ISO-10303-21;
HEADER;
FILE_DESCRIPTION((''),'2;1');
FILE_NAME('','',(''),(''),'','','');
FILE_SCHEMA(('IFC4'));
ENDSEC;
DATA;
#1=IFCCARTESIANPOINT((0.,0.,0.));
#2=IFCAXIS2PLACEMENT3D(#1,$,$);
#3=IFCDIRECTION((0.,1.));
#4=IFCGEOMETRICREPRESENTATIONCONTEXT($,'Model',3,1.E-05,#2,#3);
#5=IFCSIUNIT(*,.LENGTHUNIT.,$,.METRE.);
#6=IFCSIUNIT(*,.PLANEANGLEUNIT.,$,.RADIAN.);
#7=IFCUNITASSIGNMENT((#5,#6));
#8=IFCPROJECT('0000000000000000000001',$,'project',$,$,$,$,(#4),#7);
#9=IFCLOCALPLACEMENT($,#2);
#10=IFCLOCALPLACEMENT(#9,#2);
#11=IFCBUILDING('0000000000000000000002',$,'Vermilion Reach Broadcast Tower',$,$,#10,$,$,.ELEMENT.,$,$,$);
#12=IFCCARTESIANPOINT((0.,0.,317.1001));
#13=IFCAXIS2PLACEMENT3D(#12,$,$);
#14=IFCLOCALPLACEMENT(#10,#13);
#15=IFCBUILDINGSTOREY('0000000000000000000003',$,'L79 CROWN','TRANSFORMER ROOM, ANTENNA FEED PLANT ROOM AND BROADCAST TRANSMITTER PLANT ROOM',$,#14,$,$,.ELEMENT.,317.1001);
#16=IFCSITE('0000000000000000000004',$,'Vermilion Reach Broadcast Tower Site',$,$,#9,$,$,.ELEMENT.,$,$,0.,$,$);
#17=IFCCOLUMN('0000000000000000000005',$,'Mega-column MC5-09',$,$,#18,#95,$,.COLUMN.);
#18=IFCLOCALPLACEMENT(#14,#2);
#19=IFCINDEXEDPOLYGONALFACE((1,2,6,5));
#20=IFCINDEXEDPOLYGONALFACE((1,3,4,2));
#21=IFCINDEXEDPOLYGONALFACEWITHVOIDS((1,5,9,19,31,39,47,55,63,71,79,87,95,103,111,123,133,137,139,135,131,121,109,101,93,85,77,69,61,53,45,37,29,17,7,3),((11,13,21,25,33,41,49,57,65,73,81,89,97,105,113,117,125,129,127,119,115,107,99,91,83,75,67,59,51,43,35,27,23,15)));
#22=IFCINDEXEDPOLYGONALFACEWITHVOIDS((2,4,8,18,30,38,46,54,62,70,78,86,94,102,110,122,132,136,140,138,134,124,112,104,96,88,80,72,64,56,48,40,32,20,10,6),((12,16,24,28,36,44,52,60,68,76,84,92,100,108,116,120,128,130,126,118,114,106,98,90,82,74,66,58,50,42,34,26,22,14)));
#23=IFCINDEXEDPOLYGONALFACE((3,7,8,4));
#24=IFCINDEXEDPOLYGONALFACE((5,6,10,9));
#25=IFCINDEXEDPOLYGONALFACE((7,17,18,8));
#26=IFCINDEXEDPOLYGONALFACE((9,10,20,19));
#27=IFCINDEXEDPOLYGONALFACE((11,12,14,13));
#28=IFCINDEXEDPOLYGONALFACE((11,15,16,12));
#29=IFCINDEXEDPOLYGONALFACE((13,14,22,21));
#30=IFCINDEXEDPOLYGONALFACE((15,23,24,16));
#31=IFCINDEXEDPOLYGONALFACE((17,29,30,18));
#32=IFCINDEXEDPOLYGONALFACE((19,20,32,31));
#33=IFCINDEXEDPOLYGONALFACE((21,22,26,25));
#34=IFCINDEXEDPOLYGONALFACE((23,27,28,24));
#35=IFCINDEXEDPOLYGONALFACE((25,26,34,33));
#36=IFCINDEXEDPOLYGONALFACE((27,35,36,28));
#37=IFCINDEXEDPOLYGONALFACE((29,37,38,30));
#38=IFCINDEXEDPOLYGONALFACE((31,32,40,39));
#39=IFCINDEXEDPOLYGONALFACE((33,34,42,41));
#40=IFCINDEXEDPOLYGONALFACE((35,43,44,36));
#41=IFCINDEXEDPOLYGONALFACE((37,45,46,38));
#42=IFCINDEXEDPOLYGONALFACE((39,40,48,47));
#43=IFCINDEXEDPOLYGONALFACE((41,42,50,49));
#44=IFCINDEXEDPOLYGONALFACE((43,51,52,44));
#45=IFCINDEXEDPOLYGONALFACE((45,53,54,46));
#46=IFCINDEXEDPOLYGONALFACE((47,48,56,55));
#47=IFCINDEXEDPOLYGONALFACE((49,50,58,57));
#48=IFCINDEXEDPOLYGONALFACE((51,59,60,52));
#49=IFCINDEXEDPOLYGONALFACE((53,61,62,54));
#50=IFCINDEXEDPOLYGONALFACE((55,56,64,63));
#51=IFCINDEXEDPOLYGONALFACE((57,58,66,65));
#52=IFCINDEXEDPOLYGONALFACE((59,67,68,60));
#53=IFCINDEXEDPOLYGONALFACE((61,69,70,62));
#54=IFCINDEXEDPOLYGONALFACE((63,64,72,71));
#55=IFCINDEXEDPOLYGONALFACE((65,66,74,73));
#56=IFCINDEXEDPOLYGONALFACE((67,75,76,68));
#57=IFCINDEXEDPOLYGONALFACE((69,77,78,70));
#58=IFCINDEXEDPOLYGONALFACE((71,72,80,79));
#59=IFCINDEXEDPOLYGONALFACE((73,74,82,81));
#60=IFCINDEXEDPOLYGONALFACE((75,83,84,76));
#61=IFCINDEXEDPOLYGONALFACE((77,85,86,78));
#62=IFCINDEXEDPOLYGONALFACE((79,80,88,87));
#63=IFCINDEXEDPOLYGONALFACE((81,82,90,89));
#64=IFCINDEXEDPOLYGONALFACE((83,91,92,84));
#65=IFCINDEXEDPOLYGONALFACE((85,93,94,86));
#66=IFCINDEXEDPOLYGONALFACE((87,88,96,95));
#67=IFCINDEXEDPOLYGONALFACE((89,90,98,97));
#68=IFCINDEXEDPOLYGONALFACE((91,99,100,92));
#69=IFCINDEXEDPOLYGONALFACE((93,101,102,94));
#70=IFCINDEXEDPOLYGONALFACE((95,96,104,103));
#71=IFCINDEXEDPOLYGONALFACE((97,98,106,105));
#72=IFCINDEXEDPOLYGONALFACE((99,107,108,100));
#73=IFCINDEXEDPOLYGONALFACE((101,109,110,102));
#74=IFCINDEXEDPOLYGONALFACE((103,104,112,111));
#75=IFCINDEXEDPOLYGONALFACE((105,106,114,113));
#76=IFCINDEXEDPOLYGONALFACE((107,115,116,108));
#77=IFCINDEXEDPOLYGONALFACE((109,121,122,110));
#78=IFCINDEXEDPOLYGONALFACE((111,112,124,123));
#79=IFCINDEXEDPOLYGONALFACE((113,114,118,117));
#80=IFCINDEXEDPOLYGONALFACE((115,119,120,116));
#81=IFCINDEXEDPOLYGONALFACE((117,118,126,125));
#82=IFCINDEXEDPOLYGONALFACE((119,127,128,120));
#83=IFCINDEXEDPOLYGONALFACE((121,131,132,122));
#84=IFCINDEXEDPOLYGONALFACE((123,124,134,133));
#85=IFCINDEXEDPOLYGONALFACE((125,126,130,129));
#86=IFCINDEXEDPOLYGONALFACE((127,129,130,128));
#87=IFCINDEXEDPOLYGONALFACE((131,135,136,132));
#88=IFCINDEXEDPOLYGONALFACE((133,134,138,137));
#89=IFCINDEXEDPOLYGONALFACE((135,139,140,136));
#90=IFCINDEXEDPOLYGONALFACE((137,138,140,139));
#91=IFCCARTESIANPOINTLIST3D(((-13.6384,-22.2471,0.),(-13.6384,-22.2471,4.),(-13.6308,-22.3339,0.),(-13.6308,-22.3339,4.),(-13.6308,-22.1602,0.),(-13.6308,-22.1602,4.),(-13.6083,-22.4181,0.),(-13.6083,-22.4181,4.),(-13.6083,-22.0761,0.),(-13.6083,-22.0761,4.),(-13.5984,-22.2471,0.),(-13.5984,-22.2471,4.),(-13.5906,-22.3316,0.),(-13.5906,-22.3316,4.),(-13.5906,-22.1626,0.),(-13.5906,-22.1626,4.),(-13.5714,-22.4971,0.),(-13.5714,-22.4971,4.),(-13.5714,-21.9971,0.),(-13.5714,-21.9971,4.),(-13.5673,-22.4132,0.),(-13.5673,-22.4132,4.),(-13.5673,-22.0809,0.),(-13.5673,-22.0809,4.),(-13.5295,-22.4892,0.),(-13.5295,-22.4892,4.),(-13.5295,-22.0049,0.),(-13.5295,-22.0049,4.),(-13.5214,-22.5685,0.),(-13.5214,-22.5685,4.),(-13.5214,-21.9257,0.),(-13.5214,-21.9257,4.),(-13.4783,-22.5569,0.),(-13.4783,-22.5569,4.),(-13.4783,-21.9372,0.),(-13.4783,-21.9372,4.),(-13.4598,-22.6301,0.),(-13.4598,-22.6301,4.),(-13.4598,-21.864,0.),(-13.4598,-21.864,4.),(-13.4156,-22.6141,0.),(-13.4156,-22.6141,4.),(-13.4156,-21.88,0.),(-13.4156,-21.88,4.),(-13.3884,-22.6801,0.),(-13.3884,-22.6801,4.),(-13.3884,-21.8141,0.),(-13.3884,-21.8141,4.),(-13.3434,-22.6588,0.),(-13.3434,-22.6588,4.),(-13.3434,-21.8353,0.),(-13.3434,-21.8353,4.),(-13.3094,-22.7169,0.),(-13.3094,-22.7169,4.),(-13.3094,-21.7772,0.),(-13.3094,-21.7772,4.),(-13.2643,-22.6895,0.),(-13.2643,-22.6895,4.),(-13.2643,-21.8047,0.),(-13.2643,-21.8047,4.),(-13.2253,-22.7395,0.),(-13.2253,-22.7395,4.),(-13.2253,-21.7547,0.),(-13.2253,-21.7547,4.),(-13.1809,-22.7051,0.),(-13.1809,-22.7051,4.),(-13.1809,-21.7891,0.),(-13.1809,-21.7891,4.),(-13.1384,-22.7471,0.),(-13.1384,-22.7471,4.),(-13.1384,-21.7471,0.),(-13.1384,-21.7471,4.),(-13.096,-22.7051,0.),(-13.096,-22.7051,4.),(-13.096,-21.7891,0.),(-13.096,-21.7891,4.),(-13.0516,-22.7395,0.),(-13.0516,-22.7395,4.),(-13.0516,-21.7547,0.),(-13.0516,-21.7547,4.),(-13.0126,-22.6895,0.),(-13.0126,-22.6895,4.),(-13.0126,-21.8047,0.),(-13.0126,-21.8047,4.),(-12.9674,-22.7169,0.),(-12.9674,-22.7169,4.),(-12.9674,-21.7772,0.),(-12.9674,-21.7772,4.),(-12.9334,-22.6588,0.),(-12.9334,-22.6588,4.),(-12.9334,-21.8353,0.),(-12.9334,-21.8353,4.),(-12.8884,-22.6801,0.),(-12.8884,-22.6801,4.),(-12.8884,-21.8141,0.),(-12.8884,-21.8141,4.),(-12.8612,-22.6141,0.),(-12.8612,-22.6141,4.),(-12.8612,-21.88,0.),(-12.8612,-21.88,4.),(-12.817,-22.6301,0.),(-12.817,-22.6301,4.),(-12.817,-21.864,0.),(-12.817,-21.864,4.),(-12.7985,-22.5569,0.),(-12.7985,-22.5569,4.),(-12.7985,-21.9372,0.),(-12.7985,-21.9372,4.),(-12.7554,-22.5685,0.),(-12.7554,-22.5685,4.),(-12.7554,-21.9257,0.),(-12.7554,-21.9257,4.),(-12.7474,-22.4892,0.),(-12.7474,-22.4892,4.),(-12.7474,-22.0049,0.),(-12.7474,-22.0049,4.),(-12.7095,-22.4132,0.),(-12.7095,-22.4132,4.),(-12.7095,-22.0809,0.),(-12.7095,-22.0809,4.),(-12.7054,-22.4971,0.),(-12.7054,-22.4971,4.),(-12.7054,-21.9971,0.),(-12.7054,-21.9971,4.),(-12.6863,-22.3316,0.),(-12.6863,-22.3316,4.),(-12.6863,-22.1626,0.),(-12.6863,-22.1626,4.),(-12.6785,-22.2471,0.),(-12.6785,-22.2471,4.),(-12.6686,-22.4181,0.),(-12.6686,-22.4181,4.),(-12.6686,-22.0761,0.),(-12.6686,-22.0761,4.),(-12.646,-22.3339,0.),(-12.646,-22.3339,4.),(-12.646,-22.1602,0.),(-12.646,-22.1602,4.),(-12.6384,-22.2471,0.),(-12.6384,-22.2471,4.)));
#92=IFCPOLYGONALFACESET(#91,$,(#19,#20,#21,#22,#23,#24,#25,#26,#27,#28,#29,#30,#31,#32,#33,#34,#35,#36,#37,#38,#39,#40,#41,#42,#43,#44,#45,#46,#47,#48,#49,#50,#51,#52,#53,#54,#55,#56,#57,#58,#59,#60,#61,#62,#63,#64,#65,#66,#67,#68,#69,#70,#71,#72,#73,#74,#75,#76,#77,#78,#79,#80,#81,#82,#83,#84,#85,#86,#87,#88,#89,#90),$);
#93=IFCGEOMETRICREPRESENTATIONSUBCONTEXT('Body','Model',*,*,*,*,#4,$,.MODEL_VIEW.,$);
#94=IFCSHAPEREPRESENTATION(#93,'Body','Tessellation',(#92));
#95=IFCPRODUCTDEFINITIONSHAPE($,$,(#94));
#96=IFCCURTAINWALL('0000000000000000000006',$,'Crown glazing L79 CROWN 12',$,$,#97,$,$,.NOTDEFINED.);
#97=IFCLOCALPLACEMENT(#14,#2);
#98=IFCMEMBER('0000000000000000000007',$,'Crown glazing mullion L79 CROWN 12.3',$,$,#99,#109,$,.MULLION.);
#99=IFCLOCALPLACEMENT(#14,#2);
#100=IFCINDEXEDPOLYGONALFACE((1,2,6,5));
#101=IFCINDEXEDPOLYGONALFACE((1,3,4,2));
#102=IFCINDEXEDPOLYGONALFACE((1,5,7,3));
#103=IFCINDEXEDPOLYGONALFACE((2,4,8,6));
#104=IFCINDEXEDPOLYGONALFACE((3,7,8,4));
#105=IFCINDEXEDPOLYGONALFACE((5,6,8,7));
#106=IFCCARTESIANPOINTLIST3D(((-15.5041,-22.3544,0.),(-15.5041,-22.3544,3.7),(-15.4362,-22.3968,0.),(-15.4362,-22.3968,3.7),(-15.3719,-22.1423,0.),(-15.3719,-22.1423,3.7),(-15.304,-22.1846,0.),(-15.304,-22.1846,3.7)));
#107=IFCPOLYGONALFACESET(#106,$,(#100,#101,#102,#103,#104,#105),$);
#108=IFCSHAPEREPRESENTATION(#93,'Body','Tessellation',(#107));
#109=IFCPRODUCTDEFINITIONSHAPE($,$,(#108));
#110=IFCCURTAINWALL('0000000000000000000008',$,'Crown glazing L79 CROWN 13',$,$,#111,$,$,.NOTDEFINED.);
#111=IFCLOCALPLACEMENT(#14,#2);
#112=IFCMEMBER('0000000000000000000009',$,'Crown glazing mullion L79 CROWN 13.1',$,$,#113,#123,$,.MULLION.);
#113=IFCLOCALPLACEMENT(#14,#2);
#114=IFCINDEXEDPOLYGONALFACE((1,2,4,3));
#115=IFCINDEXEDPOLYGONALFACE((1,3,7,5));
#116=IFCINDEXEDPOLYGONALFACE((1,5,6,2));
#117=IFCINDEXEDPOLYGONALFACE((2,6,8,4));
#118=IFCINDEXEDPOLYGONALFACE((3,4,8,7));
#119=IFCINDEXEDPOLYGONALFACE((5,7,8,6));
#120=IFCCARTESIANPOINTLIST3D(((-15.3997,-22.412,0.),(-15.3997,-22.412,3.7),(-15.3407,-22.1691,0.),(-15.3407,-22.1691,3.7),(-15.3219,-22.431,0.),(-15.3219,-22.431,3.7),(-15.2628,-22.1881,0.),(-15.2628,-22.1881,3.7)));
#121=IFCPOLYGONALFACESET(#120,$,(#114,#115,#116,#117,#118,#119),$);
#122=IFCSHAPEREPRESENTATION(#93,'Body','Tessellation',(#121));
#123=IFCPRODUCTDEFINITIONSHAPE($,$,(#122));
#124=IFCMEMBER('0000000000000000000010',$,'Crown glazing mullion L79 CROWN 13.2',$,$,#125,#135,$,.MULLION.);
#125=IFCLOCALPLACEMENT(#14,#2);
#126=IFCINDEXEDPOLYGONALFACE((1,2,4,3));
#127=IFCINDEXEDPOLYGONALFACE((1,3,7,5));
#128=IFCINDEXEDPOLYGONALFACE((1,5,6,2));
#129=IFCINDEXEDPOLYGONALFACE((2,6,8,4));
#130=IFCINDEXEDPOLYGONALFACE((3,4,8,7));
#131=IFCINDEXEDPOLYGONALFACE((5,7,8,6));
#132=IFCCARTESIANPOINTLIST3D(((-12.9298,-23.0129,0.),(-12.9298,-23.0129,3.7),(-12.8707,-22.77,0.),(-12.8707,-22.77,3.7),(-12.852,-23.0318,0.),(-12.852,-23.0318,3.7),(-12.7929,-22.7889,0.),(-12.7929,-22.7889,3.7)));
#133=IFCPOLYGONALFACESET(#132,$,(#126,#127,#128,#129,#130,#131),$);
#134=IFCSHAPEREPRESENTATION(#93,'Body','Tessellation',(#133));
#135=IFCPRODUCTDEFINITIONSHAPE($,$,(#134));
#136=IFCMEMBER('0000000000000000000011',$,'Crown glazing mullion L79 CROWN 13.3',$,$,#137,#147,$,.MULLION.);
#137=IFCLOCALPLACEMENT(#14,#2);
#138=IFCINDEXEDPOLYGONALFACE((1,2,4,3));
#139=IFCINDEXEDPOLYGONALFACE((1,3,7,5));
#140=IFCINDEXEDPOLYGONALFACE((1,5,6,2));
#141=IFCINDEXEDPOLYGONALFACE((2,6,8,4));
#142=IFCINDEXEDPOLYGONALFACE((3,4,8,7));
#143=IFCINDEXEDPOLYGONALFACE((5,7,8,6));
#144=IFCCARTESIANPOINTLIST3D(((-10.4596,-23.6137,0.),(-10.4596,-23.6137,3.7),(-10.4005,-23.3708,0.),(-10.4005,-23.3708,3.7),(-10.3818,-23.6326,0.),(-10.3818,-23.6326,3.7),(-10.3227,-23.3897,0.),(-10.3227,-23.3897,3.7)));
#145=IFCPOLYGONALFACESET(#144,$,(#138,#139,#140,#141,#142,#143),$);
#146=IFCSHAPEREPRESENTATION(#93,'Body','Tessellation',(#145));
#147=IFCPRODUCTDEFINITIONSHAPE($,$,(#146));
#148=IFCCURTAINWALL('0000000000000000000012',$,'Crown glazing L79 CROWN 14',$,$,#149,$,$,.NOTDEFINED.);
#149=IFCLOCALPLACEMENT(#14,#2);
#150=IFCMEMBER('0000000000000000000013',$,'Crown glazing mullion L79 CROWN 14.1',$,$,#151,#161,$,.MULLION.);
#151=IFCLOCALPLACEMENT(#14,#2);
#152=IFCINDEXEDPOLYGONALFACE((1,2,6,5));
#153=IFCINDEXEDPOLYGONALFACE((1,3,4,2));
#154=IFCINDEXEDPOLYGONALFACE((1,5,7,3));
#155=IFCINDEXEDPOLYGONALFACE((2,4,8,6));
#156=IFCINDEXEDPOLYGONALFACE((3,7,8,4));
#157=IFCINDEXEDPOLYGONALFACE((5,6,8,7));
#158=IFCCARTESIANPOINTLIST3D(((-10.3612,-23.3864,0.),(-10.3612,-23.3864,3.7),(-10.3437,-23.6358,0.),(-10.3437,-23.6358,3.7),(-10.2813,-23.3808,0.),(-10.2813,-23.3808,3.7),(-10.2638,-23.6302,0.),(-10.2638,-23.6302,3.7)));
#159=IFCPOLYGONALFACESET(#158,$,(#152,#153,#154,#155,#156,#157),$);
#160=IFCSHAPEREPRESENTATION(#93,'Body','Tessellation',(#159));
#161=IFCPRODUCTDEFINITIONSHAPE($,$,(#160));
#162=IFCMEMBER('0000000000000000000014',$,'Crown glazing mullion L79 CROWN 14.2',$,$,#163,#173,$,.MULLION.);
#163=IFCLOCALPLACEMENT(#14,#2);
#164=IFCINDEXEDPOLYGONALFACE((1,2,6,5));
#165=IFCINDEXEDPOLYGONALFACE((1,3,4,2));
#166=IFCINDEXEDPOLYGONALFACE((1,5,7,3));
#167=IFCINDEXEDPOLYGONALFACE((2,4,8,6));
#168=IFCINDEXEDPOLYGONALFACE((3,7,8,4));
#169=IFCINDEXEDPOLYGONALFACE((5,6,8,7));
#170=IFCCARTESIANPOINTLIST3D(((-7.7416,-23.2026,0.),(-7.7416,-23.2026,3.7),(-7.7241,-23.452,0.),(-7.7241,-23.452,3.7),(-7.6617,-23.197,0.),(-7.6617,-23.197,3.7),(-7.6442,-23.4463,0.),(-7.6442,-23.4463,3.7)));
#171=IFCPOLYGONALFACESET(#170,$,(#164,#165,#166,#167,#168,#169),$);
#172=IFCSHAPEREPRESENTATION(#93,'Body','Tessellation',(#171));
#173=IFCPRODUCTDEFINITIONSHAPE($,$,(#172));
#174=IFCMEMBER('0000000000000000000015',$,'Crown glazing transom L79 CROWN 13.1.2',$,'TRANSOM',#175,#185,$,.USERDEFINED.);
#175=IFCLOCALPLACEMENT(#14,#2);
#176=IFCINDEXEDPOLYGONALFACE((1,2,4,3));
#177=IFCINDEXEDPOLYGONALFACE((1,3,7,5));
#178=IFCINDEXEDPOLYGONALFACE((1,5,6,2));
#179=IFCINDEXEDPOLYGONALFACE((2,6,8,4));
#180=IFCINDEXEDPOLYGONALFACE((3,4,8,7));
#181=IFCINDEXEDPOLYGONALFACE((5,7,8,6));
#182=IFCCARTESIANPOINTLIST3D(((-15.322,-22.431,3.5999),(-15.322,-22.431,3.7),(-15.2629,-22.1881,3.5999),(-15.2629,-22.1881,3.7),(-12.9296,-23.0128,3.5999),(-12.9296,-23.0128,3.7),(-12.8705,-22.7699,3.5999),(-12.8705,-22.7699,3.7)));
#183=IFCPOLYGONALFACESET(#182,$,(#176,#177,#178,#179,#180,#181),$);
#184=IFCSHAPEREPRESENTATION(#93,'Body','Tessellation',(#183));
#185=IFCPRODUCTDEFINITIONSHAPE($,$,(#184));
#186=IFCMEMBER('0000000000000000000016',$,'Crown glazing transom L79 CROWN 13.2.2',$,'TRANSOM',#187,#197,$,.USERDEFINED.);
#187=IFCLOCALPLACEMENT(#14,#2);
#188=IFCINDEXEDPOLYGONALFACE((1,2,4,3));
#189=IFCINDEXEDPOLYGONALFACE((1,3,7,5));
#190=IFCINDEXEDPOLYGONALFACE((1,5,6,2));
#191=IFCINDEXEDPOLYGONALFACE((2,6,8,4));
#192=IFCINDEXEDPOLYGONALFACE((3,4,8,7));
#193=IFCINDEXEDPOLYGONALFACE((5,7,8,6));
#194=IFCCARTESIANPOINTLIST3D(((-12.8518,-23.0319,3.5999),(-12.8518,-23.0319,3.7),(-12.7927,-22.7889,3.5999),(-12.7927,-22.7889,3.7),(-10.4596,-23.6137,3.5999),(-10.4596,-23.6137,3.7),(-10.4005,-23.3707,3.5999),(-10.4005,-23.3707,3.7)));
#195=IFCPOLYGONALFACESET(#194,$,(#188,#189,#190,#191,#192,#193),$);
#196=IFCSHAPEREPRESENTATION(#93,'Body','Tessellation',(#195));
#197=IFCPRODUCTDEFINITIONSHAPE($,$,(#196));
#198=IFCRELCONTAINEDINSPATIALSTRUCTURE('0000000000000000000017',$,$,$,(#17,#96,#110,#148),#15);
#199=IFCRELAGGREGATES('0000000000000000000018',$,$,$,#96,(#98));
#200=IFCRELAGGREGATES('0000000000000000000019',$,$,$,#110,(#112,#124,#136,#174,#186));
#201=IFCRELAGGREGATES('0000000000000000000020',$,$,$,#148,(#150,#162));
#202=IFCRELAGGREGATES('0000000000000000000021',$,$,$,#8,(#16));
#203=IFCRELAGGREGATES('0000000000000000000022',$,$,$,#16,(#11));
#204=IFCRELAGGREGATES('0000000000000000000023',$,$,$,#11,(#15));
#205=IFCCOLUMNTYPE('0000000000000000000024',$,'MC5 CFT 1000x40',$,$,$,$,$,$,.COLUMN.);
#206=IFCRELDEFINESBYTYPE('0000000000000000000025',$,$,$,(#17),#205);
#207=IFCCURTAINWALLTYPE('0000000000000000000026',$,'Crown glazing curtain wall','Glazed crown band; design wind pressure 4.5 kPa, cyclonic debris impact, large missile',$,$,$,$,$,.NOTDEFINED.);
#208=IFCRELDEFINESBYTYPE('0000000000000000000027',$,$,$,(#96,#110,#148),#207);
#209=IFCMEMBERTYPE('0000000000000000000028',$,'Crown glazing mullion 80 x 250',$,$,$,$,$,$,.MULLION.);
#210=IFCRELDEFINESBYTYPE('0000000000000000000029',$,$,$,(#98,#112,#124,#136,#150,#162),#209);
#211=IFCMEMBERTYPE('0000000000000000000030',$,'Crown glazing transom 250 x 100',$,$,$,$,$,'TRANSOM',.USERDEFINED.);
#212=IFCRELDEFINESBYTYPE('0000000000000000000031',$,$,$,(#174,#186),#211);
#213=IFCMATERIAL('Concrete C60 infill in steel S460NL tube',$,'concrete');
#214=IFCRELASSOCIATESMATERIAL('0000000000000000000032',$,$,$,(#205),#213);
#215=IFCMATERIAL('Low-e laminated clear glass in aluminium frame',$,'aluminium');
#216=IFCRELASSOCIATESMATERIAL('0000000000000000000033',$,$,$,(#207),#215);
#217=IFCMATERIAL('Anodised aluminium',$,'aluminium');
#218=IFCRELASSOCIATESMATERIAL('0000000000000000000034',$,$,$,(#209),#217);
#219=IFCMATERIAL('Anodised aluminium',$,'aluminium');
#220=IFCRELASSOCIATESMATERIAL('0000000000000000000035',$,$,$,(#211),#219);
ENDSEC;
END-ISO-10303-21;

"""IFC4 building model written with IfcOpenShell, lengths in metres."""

from ifc_helpers import new_model, si_unit, direction, frame, origin, origin_2d, place, context, subcontext, project, spatial, rectangle, hollow_circle, extrude, material, material_profile, profile_set, type_object, element, aggregate, save


model = new_model("IFC4")

# Units and contexts
model_context = context("Model", 3, precision=1e-05, world=origin(), true_north=direction((0.0, 1.0)))
body_context = subcontext(model_context, "Body", "Model", "MODEL_VIEW")
ifc_project = project(units=[si_unit("LENGTHUNIT", "METRE"), si_unit("PLANEANGLEUNIT", "RADIAN")], contexts=[model_context])

# Site, building, storey
site_placement = place(None, origin())
site = spatial("IfcSite", under=ifc_project, at=site_placement, Name="Vermilion Reach Broadcast Tower Site", CompositionType="ELEMENT", RefElevation=0.0)
building_placement = place(site_placement, origin())
building = spatial("IfcBuilding", under=site, at=building_placement, Name="Vermilion Reach Broadcast Tower", CompositionType="ELEMENT")
storey_placement = place(building_placement, frame((0.0, 0.0, 317.1001)))
storey = spatial("IfcBuildingStorey", under=building, at=storey_placement, Name="L79 CROWN", Description="TRANSFORMER ROOM, ANTENNA FEED PLANT ROOM AND BROADCAST TRANSMITTER PLANT ROOM", CompositionType="ELEMENT", Elevation=317.1001)

# Column
ifc_material_1 = material(Name="Concrete C60 infill in steel S460NL tube", Category="concrete")
ifc_material_profile_1 = material_profile(ifc_material_1, hollow_circle(Radius=0.5, WallThickness=0.04, at=origin_2d()), Name="Concrete C60 infill in steel S460NL tube CFT 1000x40")
ifc_profile_set_1 = profile_set([ifc_material_profile_1], Name="Concrete C60 infill in steel S460NL tube")
column_type = type_object("IfcColumnType", Name="MC5 CFT 1000x40", PredefinedType="COLUMN", material=ifc_profile_set_1)
column_placement = place(storey_placement, frame((-13.1384, -22.2471, 0.0), z_axis=(0.0, 0.0, 1.0), x_axis=(1.0, 0.0, 0.0)))
element("IfcColumn", 1, at=column_placement, inside=storey, type_object=column_type, Name="Mega-column MC5-09", PredefinedType="COLUMN", context=body_context, shape_type="SweptSolid", body=[
    extrude(hollow_circle(Radius=0.5, WallThickness=0.04, at=origin_2d()), origin(), (0.0, 0.0, 1.0), 4.0),
])

# Curtain wall, member
ifc_material_2 = material(Name="Low-e laminated clear glass in aluminium frame", Category="aluminium")
curtain_wall_type = type_object("IfcCurtainWallType", Name="Crown glazing curtain wall", Description="Glazed crown band; design wind pressure 4.5 kPa, cyclonic debris impact, large missile", PredefinedType="NOTDEFINED", material=ifc_material_2)
placement = place(storey_placement, origin())
curtain_wall_1 = element("IfcCurtainWall", 2, at=placement, inside=storey, type_object=curtain_wall_type, Name="Crown glazing L79 CROWN 12", PredefinedType="NOTDEFINED")
ifc_material_3 = material(Name="Anodised aluminium", Category="aluminium")
ifc_material_profile_2 = material_profile(ifc_material_3, rectangle(XDim=0.25, YDim=0.0801, at=origin_2d()), Name="Crown glazing mullion 80 x 250")
ifc_profile_set_2 = profile_set([ifc_material_profile_2], Name="Anodised aluminium")
member_type_1 = type_object("IfcMemberType", Name="Crown glazing mullion 80 x 250", PredefinedType="MULLION", material=ifc_profile_set_2)
member_1_placement = place(storey_placement, frame((-15.4041, -22.2695, 0.0), z_axis=(0.0, 0.0, 1.0), x_axis=(0.528861, 0.848708, 0.0)))
member_1 = element("IfcMember", 3, at=member_1_placement, type_object=member_type_1, Name="Crown glazing mullion L79 CROWN 12.3", PredefinedType="MULLION", context=body_context, shape_type="SweptSolid", body=[
    extrude(rectangle(XDim=0.25, YDim=0.0801, at=origin_2d()), origin(), (0.0, 0.0, 1.0), 3.7),
])
aggregate(curtain_wall_1, [member_1])

# Curtain walls, members
curtain_wall_2 = element("IfcCurtainWall", 4, at=placement, inside=storey, type_object=curtain_wall_type, Name="Crown glazing L79 CROWN 13", PredefinedType="NOTDEFINED")
member_2_placement = place(storey_placement, frame((-15.3313, -22.3, 0.0), z_axis=(0.0, 0.0, 1.0), x_axis=(0.236354, 0.971667, 0.0)))
member_2 = element("IfcMember", 5, at=member_2_placement, type_object=member_type_1, Name="Crown glazing mullion L79 CROWN 13.1", PredefinedType="MULLION", context=body_context, shape_type="SweptSolid", body=[
    extrude(rectangle(XDim=0.25, YDim=0.0801, at=origin_2d()), origin(), (0.0, 0.0, 1.0), 3.7),
])
member_3_placement = place(storey_placement, frame((-12.8613, -22.9009, 0.0), z_axis=(0.0, 0.0, 1.0), x_axis=(0.236354, 0.971667, 0.0)))
member_3 = element("IfcMember", 6, at=member_3_placement, type_object=member_type_1, Name="Crown glazing mullion L79 CROWN 13.2", PredefinedType="MULLION", context=body_context, shape_type="SweptSolid", body=[
    extrude(rectangle(XDim=0.25, YDim=0.0801, at=origin_2d()), origin(), (0.0, 0.0, 1.0), 3.7),
])
member_4_placement = place(storey_placement, frame((-10.3911, -23.5017, 0.0), z_axis=(0.0, 0.0, 1.0), x_axis=(0.236354, 0.971667, 0.0)))
member_4 = element("IfcMember", 7, at=member_4_placement, type_object=member_type_1, Name="Crown glazing mullion L79 CROWN 13.3", PredefinedType="MULLION", context=body_context, shape_type="SweptSolid", body=[
    extrude(rectangle(XDim=0.25, YDim=0.0801, at=origin_2d()), origin(), (0.0, 0.0, 1.0), 3.7),
])
curtain_wall_3 = element("IfcCurtainWall", 8, at=placement, inside=storey, type_object=curtain_wall_type, Name="Crown glazing L79 CROWN 14", PredefinedType="NOTDEFINED")
member_5_placement = place(storey_placement, frame((-10.3125, -23.5083, 0.0), z_axis=(0.0, 0.0, 1.0), x_axis=(-0.070082, 0.997541, 0.0)))
member_5 = element("IfcMember", 9, at=member_5_placement, type_object=member_type_1, Name="Crown glazing mullion L79 CROWN 14.1", PredefinedType="MULLION", context=body_context, shape_type="SweptSolid", body=[
    extrude(rectangle(XDim=0.25, YDim=0.0801, at=origin_2d()), origin(), (0.0, 0.0, 1.0), 3.7),
])
member_6_placement = place(storey_placement, frame((-7.6929, -23.3245, 0.0), z_axis=(0.0, 0.0, 1.0), x_axis=(-0.070082, 0.997541, 0.0)))
member_6 = element("IfcMember", 10, at=member_6_placement, type_object=member_type_1, Name="Crown glazing mullion L79 CROWN 14.2", PredefinedType="MULLION", context=body_context, shape_type="SweptSolid", body=[
    extrude(rectangle(XDim=0.25, YDim=0.0801, at=origin_2d()), origin(), (0.0, 0.0, 1.0), 3.7),
])

# Members
ifc_material_4 = material(Name="Anodised aluminium", Category="aluminium")
ifc_material_profile_3 = material_profile(ifc_material_4, rectangle(XDim=0.25, YDim=0.1001, at=origin_2d()), Name="Crown glazing transom 250 x 100")
ifc_profile_set_3 = profile_set([ifc_material_profile_3], Name="Anodised aluminium")
member_type_2 = type_object("IfcMemberType", Name="Crown glazing transom 250 x 100", ElementType="TRANSOM", PredefinedType="USERDEFINED", material=ifc_profile_set_3)
member_7_placement = place(storey_placement, frame((-15.2925, -22.3096, 3.6499), z_axis=(0.97168, -0.236301, 0.0), x_axis=(0.236301, 0.97168, 0.0)))
member_7 = element("IfcMember", 11, at=member_7_placement, type_object=member_type_2, Name="Crown glazing transom L79 CROWN 13.1.2", ObjectType="TRANSOM", PredefinedType="USERDEFINED", context=body_context, shape_type="SweptSolid", body=[
    extrude(rectangle(XDim=0.25, YDim=0.1001, at=origin_2d()), origin(), (0.0, 0.0, 1.0), 2.4622),
])
member_8_placement = place(storey_placement, frame((-12.8223, -22.9104, 3.6499), z_axis=(0.971674, -0.236324, 0.0), x_axis=(0.236324, 0.971674, 0.0)))
member_8 = element("IfcMember", 12, at=member_8_placement, type_object=member_type_2, Name="Crown glazing transom L79 CROWN 13.2.2", ObjectType="TRANSOM", PredefinedType="USERDEFINED", context=body_context, shape_type="SweptSolid", body=[
    extrude(rectangle(XDim=0.25, YDim=0.1001, at=origin_2d()), origin(), (0.0, 0.0, 1.0), 2.4619),
])

aggregate(curtain_wall_2, [member_2, member_3, member_4, member_7, member_8])
aggregate(curtain_wall_3, [member_5, member_6])

save(model, "model.ifc")
